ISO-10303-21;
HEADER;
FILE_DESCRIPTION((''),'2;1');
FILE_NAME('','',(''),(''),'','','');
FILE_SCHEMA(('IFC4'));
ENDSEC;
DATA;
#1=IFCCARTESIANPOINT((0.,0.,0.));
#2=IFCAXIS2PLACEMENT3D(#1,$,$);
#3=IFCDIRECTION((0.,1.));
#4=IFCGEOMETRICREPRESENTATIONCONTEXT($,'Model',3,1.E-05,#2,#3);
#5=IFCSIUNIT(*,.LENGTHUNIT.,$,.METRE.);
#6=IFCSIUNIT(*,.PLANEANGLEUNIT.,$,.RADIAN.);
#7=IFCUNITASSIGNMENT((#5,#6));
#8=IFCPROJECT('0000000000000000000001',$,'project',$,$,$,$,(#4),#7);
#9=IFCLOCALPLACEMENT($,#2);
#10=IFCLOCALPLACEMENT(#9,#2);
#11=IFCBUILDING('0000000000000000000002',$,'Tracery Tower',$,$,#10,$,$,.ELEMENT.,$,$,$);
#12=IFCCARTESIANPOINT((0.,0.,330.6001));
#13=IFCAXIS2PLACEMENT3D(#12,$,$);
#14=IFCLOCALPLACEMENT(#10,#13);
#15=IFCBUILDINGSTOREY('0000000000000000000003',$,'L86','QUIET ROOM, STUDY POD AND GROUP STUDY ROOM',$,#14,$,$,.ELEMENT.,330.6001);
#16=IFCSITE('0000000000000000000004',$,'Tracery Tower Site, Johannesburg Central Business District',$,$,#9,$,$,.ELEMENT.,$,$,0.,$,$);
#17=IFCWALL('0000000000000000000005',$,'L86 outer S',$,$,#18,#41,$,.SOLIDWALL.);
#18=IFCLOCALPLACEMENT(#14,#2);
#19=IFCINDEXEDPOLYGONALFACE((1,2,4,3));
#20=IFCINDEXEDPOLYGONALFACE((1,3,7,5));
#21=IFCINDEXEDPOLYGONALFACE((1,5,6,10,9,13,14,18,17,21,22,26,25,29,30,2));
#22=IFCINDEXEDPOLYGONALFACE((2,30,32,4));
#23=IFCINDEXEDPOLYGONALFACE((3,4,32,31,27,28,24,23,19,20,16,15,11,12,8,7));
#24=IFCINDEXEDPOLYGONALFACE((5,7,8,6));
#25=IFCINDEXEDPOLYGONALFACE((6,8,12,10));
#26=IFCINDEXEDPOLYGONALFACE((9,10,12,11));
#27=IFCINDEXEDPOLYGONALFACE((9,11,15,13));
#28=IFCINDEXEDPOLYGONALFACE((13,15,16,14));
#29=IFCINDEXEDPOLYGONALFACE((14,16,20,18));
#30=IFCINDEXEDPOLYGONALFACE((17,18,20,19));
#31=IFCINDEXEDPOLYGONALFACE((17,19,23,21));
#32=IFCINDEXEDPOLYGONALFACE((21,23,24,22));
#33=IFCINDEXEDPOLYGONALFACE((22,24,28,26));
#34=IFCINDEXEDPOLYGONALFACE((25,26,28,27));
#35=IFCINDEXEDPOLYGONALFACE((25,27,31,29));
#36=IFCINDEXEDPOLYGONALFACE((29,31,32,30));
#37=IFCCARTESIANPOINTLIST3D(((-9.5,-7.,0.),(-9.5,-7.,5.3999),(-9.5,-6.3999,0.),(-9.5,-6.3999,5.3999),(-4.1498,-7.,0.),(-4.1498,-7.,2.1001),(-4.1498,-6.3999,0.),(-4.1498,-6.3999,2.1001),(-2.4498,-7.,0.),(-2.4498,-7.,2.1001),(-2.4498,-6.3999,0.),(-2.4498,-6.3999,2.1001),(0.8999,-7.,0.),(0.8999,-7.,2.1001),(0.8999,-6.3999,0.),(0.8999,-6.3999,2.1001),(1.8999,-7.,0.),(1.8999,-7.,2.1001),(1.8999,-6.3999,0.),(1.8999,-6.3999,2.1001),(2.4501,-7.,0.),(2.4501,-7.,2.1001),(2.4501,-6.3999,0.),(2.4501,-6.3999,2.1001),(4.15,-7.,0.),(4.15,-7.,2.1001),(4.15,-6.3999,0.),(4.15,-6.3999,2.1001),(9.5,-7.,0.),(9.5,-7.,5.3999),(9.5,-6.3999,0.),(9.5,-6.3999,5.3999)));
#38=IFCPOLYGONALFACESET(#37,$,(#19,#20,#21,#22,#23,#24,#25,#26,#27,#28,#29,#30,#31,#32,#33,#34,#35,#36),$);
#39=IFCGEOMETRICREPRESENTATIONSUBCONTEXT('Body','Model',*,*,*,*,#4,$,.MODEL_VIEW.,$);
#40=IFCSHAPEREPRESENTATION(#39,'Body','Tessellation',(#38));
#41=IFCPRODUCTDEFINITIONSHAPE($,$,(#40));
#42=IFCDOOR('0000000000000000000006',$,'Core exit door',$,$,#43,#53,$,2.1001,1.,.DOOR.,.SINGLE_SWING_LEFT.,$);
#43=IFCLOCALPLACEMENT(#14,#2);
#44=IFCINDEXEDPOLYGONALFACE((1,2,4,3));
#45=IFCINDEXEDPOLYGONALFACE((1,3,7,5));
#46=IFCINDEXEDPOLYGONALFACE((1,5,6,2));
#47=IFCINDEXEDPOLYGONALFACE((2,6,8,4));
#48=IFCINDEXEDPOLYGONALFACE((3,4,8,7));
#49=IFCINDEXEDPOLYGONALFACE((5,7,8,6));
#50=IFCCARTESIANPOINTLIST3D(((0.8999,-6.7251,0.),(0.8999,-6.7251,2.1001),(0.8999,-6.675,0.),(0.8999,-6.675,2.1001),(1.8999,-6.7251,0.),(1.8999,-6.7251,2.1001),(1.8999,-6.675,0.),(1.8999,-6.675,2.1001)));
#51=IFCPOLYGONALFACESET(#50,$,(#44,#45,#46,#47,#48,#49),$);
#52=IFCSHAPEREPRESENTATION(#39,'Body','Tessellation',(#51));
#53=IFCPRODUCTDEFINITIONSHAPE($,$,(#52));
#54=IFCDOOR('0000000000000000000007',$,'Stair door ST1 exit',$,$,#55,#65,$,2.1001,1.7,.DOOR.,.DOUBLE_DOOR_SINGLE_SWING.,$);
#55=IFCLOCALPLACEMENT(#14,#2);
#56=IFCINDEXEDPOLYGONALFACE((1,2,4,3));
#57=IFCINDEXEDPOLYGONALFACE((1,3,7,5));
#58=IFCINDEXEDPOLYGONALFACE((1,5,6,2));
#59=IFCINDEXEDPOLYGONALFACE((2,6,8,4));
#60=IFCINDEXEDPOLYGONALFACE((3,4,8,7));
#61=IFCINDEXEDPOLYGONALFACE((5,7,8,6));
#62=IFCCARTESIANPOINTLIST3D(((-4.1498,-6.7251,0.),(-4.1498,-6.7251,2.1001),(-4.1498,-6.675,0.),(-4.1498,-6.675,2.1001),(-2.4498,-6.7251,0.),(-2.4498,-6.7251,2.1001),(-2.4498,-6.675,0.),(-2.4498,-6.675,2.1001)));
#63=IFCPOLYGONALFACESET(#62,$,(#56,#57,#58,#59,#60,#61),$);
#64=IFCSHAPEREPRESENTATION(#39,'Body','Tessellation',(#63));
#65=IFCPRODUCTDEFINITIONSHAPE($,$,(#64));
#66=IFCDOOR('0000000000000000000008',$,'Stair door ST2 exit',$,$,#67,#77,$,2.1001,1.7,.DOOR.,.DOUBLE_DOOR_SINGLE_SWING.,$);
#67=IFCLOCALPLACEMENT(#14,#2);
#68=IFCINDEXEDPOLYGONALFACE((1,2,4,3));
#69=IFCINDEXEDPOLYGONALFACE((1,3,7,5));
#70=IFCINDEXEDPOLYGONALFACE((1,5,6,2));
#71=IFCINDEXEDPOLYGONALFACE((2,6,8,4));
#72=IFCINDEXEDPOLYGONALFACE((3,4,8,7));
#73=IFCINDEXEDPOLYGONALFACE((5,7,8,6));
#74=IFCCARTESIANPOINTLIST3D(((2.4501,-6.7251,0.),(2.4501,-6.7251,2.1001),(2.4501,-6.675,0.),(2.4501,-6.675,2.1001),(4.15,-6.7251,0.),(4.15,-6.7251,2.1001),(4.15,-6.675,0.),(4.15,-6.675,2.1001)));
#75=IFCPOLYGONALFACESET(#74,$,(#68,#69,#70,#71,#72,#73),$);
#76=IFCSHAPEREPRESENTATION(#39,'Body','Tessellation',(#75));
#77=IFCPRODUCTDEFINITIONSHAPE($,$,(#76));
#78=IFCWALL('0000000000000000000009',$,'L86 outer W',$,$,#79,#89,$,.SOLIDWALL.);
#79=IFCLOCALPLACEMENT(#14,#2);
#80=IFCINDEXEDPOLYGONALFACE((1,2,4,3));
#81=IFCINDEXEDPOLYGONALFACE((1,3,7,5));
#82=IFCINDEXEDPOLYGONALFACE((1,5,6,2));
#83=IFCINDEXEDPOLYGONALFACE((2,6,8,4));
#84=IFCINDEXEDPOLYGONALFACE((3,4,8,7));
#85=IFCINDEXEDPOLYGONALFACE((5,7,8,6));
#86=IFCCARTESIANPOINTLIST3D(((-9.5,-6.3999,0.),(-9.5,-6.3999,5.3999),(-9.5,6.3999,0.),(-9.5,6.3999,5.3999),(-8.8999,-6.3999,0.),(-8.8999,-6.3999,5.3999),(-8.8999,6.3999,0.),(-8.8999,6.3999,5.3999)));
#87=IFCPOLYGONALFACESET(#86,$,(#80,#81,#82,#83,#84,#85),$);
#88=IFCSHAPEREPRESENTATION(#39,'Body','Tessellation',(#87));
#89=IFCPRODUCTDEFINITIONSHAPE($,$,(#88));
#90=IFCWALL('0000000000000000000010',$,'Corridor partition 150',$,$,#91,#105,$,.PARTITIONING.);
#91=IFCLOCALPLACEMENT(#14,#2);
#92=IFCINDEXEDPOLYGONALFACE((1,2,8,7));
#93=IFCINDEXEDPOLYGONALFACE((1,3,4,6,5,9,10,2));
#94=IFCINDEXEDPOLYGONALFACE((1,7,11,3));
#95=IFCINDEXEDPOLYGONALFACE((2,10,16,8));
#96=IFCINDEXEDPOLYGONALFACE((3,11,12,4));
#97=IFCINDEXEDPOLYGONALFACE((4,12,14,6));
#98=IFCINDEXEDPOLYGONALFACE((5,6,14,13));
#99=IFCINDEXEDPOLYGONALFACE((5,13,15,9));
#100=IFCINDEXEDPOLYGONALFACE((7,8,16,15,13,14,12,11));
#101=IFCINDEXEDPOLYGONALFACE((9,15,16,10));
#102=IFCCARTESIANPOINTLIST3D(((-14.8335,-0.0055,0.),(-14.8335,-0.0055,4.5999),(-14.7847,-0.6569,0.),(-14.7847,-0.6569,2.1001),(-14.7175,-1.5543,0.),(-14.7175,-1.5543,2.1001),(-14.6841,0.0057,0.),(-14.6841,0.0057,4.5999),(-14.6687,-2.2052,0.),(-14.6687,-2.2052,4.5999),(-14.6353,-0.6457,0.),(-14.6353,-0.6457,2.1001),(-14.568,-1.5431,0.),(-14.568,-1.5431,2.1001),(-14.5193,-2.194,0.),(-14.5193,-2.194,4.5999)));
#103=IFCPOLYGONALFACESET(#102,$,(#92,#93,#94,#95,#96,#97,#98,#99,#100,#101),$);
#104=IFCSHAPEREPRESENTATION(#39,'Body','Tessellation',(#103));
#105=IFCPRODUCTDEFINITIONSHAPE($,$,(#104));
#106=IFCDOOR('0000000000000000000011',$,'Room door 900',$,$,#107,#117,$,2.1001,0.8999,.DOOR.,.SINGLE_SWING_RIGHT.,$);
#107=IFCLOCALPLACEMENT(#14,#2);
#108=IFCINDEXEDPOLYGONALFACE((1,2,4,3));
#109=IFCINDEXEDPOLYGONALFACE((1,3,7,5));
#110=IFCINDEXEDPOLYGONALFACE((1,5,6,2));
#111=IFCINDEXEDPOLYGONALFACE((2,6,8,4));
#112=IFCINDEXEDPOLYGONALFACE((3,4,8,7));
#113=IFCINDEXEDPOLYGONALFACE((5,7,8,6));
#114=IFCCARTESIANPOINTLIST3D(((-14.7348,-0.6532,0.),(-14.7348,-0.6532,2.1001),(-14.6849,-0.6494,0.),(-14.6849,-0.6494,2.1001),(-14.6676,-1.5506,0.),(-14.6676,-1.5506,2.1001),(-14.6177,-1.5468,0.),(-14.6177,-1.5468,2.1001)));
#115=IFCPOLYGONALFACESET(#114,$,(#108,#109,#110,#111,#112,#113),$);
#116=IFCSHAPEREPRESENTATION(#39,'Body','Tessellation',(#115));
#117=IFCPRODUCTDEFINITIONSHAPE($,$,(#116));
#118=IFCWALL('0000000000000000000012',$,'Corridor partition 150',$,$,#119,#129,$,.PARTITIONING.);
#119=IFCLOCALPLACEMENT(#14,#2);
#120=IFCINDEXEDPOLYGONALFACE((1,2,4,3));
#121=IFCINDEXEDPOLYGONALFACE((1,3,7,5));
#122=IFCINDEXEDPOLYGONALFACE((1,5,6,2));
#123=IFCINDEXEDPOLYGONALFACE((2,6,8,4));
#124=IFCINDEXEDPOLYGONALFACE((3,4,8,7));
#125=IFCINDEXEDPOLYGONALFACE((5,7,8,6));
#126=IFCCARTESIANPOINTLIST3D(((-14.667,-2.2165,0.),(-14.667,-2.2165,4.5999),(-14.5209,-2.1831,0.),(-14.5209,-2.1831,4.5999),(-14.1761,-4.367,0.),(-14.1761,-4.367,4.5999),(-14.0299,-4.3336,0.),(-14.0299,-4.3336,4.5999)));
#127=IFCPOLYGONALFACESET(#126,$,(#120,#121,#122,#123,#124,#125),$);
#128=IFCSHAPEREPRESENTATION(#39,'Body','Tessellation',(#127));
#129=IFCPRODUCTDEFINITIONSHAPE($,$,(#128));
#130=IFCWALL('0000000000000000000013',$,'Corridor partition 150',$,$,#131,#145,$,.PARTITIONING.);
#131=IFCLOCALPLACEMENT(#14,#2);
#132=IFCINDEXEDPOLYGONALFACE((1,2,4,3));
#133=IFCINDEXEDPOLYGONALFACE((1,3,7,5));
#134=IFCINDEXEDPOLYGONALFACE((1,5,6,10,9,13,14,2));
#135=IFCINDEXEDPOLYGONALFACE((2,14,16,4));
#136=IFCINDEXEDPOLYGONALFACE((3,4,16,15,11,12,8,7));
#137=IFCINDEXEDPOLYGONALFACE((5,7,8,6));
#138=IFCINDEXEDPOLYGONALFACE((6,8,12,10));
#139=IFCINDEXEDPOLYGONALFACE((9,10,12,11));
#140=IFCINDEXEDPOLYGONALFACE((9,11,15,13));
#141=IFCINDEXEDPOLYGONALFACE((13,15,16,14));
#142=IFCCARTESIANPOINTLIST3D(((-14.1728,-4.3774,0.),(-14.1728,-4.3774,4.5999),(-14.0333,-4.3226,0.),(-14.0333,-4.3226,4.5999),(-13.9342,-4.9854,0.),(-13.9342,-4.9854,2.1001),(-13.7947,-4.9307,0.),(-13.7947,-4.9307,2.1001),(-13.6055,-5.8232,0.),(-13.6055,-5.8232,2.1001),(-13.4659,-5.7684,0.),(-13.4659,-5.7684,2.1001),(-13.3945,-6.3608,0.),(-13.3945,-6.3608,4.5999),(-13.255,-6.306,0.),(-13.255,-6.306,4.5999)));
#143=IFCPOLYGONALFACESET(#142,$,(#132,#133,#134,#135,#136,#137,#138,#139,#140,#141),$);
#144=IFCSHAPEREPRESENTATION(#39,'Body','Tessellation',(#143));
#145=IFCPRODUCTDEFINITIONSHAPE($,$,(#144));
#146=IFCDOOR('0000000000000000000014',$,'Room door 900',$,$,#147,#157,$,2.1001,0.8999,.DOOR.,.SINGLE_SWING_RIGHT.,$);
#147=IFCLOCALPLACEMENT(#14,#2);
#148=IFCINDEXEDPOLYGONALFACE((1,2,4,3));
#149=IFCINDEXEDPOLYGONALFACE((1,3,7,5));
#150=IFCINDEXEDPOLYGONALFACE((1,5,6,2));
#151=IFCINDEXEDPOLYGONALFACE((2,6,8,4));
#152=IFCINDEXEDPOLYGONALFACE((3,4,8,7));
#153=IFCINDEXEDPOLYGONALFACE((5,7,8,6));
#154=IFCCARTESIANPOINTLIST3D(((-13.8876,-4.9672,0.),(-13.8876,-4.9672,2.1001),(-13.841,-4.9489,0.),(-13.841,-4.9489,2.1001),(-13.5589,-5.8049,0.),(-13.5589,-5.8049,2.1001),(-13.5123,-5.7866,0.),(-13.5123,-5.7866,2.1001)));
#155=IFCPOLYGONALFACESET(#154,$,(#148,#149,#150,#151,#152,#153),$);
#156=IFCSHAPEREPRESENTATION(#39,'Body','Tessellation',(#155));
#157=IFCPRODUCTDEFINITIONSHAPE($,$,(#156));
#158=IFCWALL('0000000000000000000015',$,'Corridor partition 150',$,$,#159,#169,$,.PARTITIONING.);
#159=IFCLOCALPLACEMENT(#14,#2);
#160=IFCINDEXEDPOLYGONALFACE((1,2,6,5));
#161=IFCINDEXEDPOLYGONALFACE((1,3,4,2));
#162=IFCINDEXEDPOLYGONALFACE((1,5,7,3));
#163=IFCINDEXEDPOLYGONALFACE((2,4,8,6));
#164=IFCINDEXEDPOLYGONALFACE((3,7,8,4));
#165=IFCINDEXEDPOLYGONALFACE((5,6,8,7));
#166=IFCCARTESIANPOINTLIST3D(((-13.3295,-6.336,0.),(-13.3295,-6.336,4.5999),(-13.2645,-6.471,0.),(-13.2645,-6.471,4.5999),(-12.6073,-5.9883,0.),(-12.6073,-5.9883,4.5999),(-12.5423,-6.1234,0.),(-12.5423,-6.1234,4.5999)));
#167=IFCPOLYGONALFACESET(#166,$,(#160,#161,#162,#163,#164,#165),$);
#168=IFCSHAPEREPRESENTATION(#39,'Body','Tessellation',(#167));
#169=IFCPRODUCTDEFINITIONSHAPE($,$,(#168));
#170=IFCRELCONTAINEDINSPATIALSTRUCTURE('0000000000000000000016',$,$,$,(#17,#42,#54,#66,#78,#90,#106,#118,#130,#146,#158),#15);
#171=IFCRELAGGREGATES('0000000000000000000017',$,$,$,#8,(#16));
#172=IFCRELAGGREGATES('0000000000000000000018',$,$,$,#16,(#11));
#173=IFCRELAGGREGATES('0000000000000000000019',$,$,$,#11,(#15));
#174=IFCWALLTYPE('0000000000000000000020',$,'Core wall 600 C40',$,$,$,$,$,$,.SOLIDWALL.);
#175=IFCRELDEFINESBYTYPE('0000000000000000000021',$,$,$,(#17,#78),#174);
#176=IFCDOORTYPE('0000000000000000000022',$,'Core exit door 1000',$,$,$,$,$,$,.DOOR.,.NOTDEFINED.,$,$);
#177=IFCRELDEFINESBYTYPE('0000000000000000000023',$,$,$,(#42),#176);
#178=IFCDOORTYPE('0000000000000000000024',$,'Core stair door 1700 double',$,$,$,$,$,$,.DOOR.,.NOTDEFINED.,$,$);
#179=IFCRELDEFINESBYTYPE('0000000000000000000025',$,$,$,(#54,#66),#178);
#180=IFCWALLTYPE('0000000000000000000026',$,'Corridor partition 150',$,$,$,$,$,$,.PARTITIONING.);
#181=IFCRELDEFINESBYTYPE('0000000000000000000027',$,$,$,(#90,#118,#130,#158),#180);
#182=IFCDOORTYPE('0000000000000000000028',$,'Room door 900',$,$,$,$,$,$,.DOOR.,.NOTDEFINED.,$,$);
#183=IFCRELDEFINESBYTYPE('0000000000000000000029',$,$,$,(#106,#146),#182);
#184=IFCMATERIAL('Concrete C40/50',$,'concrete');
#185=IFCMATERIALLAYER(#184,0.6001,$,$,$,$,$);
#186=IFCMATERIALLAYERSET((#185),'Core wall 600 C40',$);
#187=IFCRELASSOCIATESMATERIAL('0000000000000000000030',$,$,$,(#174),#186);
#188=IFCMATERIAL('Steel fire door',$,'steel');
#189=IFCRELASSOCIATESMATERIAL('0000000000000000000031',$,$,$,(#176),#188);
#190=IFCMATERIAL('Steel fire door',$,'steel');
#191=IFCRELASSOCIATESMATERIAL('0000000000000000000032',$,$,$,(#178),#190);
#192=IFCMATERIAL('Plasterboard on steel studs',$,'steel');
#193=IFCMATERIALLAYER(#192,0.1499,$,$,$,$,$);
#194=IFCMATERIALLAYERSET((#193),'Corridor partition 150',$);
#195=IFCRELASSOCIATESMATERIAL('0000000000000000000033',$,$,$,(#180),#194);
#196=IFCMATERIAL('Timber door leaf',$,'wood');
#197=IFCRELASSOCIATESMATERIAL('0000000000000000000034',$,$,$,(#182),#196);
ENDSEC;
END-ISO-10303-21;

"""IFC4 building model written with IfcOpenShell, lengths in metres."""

from ifc_helpers import new_model, si_unit, direction, frame, frame_2d, origin, place, context, subcontext, project, spatial, rectangle, extrude, material, layer, layer_set, type_object, element, fill, save


model = new_model("IFC4")

# Units and contexts
model_context = context("Model", 3, precision=1e-05, world=origin(), true_north=direction((0.0, 1.0)))
body_context = subcontext(model_context, "Body", "Model", "MODEL_VIEW")
ifc_project = project(units=[si_unit("LENGTHUNIT", "METRE"), si_unit("PLANEANGLEUNIT", "RADIAN")], contexts=[model_context])

# Site, building, storey
site_placement = place(None, origin())
site = spatial("IfcSite", under=ifc_project, at=site_placement, Name="Tracery Tower Site, Johannesburg Central Business District", CompositionType="ELEMENT", RefElevation=0.0)
building_placement = place(site_placement, origin())
building = spatial("IfcBuilding", under=site, at=building_placement, Name="Tracery Tower", CompositionType="ELEMENT")
storey_placement = place(building_placement, frame((0.0, 0.0, 330.6001)))
storey = spatial("IfcBuildingStorey", under=building, at=storey_placement, Name="L86", Description="QUIET ROOM, STUDY POD AND GROUP STUDY ROOM", CompositionType="ELEMENT", Elevation=330.6001)

# Wall, openings, doors
ifc_material_1 = material(Name="Concrete C40/50", Category="concrete")
ifc_layer_1 = layer(ifc_material_1, 0.6001)
ifc_layer_set_1 = layer_set([ifc_layer_1], Name="Core wall 600 C40")
wall_type_1 = type_object("IfcWallType", Name="Core wall 600 C40", PredefinedType="SOLIDWALL", material=ifc_layer_set_1)
wall_1_placement = place(storey_placement, frame((-9.5, -6.7, 0.0), z_axis=(0.0, 0.0, 1.0), x_axis=(1.0, 0.0, 0.0)))
wall_1 = element("IfcWall", 1, at=wall_1_placement, inside=storey, type_object=wall_type_1, Name="L86 outer S", PredefinedType="SOLIDWALL", context=body_context, shape_type="SweptSolid", body=[
    extrude(rectangle(XDim=19.0, YDim=0.6001, at=frame_2d((9.5, 0.0))), origin(), (0.0, 0.0, 1.0), 5.3999),
])
opening_1_placement = place(wall_1_placement, frame((10.3999, 0.0, 0.0)))
opening_1 = element("IfcOpeningElement", 2, at=opening_1_placement, cuts=wall_1, PredefinedType="OPENING", context=body_context, shape_type="SweptSolid", body=[
    extrude(rectangle(XDim=1.0, YDim=2.1001, at=frame_2d((0.5, 1.05))), frame((0.0, 0.3, 0.0), z_axis=(0.0, -1.0, 0.0), x_axis=(1.0, 0.0, 0.0)), (0.0, 0.0, 1.0), 0.6001),
])
opening_2_placement = place(wall_1_placement, frame((5.3501, 0.0, 0.0)))
opening_2 = element("IfcOpeningElement", 3, at=opening_2_placement, cuts=wall_1, PredefinedType="OPENING", context=body_context, shape_type="SweptSolid", body=[
    extrude(rectangle(XDim=1.7, YDim=2.1001, at=frame_2d((0.8501, 1.05))), frame((0.0, 0.3, 0.0), z_axis=(0.0, -1.0, 0.0), x_axis=(1.0, 0.0, 0.0)), (0.0, 0.0, 1.0), 0.6001),
])
opening_3_placement = place(wall_1_placement, frame((11.95, 0.0, 0.0)))
opening_3 = element("IfcOpeningElement", 4, at=opening_3_placement, cuts=wall_1, PredefinedType="OPENING", context=body_context, shape_type="SweptSolid", body=[
    extrude(rectangle(XDim=1.7, YDim=2.1001, at=frame_2d((0.8501, 1.05))), frame((0.0, 0.3, 0.0), z_axis=(0.0, -1.0, 0.0), x_axis=(1.0, 0.0, 0.0)), (0.0, 0.0, 1.0), 0.6001),
])
ifc_material_2 = material(Name="Steel fire door", Category="steel")
door_type_1 = type_object("IfcDoorType", Name="Core exit door 1000", OperationType="NOTDEFINED", PredefinedType="DOOR", material=ifc_material_2)
door_1_placement = place(opening_1_placement, origin())
door_1 = element("IfcDoor", 5, at=door_1_placement, inside=storey, type_object=door_type_1, Name="Core exit door", OperationType="SINGLE_SWING_LEFT", OverallHeight=2.1001, OverallWidth=1.0, PredefinedType="DOOR", context=body_context, shape_type="SweptSolid", body=[
    extrude(rectangle(XDim=1.0, YDim=2.1001, at=frame_2d((0.5, 1.05))), frame((0.0, 0.0249, 0.0), z_axis=(0.0, -1.0, 0.0), x_axis=(1.0, 0.0, 0.0)), (0.0, 0.0, 1.0), 0.05),
])
fill(opening_1, door_1)
ifc_material_3 = material(Name="Steel fire door", Category="steel")
door_type_2 = type_object("IfcDoorType", Name="Core stair door 1700 double", OperationType="NOTDEFINED", PredefinedType="DOOR", material=ifc_material_3)
door_2_placement = place(opening_2_placement, origin())
door_2 = element("IfcDoor", 6, at=door_2_placement, inside=storey, type_object=door_type_2, Name="Stair door ST1 exit", OperationType="DOUBLE_DOOR_SINGLE_SWING", OverallHeight=2.1001, OverallWidth=1.7, PredefinedType="DOOR", context=body_context, shape_type="SweptSolid", body=[
    extrude(rectangle(XDim=1.7, YDim=2.1001, at=frame_2d((0.8501, 1.05))), frame((0.0, 0.0249, 0.0), z_axis=(0.0, -1.0, 0.0), x_axis=(1.0, 0.0, 0.0)), (0.0, 0.0, 1.0), 0.05),
])
fill(opening_2, door_2)
door_3_placement = place(opening_3_placement, origin())
door_3 = element("IfcDoor", 7, at=door_3_placement, inside=storey, type_object=door_type_2, Name="Stair door ST2 exit", OperationType="DOUBLE_DOOR_SINGLE_SWING", OverallHeight=2.1001, OverallWidth=1.7, PredefinedType="DOOR", context=body_context, shape_type="SweptSolid", body=[
    extrude(rectangle(XDim=1.7, YDim=2.1001, at=frame_2d((0.8501, 1.05))), frame((0.0, 0.0249, 0.0), z_axis=(0.0, -1.0, 0.0), x_axis=(1.0, 0.0, 0.0)), (0.0, 0.0, 1.0), 0.05),
])
fill(opening_3, door_3)

# Wall
wall_2_placement = place(storey_placement, frame((-9.2, -6.3999, 0.0), z_axis=(0.0, 0.0, 1.0), x_axis=(0.0, 1.0, 0.0)))
element("IfcWall", 8, at=wall_2_placement, inside=storey, type_object=wall_type_1, Name="L86 outer W", PredefinedType="SOLIDWALL", context=body_context, shape_type="SweptSolid", body=[
    extrude(rectangle(XDim=12.7998, YDim=0.6001, at=frame_2d((6.3999, 0.0))), origin(), (0.0, 0.0, 1.0), 5.3999),
])

# Wall, opening, door
ifc_material_4 = material(Name="Plasterboard on steel studs", Category="steel")
ifc_layer_2 = layer(ifc_material_4, 0.1499)
ifc_layer_set_2 = layer_set([ifc_layer_2], Name="Corridor partition 150")
wall_type_2 = type_object("IfcWallType", Name="Corridor partition 150", PredefinedType="PARTITIONING", material=ifc_layer_set_2)
wall_3_placement = place(storey_placement, frame((-14.594, -2.1997, 0.0), z_axis=(0.0, 0.0, 1.0), x_axis=(-0.074707, 0.997205, 0.0)))
wall_3 = element("IfcWall", 9, at=wall_3_placement, inside=storey, type_object=wall_type_2, Name="Corridor partition 150", PredefinedType="PARTITIONING", context=body_context, shape_type="SweptSolid", body=[
    extrude(rectangle(XDim=2.2058, YDim=0.1499, at=frame_2d((1.103, 0.0))), origin(), (0.0, 0.0, 1.0), 4.5999),
])
opening_4_placement = place(wall_3_placement, frame((0.6528, 0.0, 0.0)))
opening_4 = element("IfcOpeningElement", 10, at=opening_4_placement, cuts=wall_3, PredefinedType="OPENING", context=body_context, shape_type="SweptSolid", body=[
    extrude(rectangle(XDim=0.8999, YDim=2.1001, at=frame_2d((0.45, 1.05))), frame((0.0, 0.075, 0.0), z_axis=(0.0, -1.0, 0.0), x_axis=(1.0, 0.0, 0.0)), (0.0, 0.0, 1.0), 0.1499),
])
ifc_material_5 = material(Name="Timber door leaf", Category="wood")
door_type_3 = type_object("IfcDoorType", Name="Room door 900", OperationType="NOTDEFINED", PredefinedType="DOOR", material=ifc_material_5)
door_4_placement = place(opening_4_placement, origin())
door_4 = element("IfcDoor", 11, at=door_4_placement, inside=storey, type_object=door_type_3, Name="Room door 900", OperationType="SINGLE_SWING_RIGHT", OverallHeight=2.1001, OverallWidth=0.8999, PredefinedType="DOOR", context=body_context, shape_type="SweptSolid", body=[
    extrude(rectangle(XDim=0.8999, YDim=2.1001, at=frame_2d((0.45, 1.05))), frame((0.0, 0.0249, 0.0), z_axis=(0.0, -1.0, 0.0), x_axis=(1.0, 0.0, 0.0)), (0.0, 0.0, 1.0), 0.05),
])
fill(opening_4, door_4)

# Wall
wall_4_placement = place(storey_placement, frame((-14.594, -2.1997, 0.0), z_axis=(0.0, 0.0, 1.0), x_axis=(0.222587, -0.974913, 0.0)))
element("IfcWall", 12, at=wall_4_placement, inside=storey, type_object=wall_type_2, Name="Corridor partition 150", PredefinedType="PARTITIONING", context=body_context, shape_type="SweptSolid", body=[
    extrude(rectangle(XDim=2.2058, YDim=0.1499, at=frame_2d((1.103, 0.0))), origin(), (0.0, 0.0, 1.0), 4.5999),
])

# Wall, opening, door
wall_5_placement = place(storey_placement, frame((-13.3247, -6.3335, 0.0), z_axis=(0.0, 0.0, 1.0), x_axis=(-0.365298, 0.930891, 0.0)))
wall_5 = element("IfcWall", 13, at=wall_5_placement, inside=storey, type_object=wall_type_2, Name="Corridor partition 150", PredefinedType="PARTITIONING", context=body_context, shape_type="SweptSolid", body=[
    extrude(rectangle(XDim=2.1306, YDim=0.1499, at=frame_2d((1.0654, 0.0))), origin(), (0.0, 0.0, 1.0), 4.5999),
])
opening_5_placement = place(wall_5_placement, frame((0.5776, 0.0, 0.0)))
opening_5 = element("IfcOpeningElement", 14, at=opening_5_placement, cuts=wall_5, PredefinedType="OPENING", context=body_context, shape_type="SweptSolid", body=[
    extrude(rectangle(XDim=0.8999, YDim=2.1001, at=frame_2d((0.45, 1.05))), frame((0.0, 0.075, 0.0), z_axis=(0.0, -1.0, 0.0), x_axis=(1.0, 0.0, 0.0)), (0.0, 0.0, 1.0), 0.1499),
])
door_5_placement = place(opening_5_placement, origin())
door_5 = element("IfcDoor", 15, at=door_5_placement, inside=storey, type_object=door_type_3, Name="Room door 900", OperationType="SINGLE_SWING_RIGHT", OverallHeight=2.1001, OverallWidth=0.8999, PredefinedType="DOOR", context=body_context, shape_type="SweptSolid", body=[
    extrude(rectangle(XDim=0.8999, YDim=2.1001, at=frame_2d((0.45, 1.05))), frame((0.0, 0.0249, 0.0), z_axis=(0.0, -1.0, 0.0), x_axis=(1.0, 0.0, 0.0)), (0.0, 0.0, 1.0), 0.05),
])
fill(opening_5, door_5)

# Wall
wall_6_placement = place(storey_placement, frame((-13.2971, -6.4036, 0.0), z_axis=(0.0, 0.0, 1.0), x_axis=(0.901028, 0.433761, 0.0)))
element("IfcWall", 16, at=wall_6_placement, inside=storey, type_object=wall_type_2, Name="Corridor partition 150", PredefinedType="PARTITIONING", context=body_context, shape_type="SweptSolid", body=[
    extrude(rectangle(XDim=0.8015, YDim=0.1499, at=frame_2d((0.4009, 0.0))), origin(), (0.0, 0.0, 1.0), 4.5999),
])

save(model, "model.ifc")
